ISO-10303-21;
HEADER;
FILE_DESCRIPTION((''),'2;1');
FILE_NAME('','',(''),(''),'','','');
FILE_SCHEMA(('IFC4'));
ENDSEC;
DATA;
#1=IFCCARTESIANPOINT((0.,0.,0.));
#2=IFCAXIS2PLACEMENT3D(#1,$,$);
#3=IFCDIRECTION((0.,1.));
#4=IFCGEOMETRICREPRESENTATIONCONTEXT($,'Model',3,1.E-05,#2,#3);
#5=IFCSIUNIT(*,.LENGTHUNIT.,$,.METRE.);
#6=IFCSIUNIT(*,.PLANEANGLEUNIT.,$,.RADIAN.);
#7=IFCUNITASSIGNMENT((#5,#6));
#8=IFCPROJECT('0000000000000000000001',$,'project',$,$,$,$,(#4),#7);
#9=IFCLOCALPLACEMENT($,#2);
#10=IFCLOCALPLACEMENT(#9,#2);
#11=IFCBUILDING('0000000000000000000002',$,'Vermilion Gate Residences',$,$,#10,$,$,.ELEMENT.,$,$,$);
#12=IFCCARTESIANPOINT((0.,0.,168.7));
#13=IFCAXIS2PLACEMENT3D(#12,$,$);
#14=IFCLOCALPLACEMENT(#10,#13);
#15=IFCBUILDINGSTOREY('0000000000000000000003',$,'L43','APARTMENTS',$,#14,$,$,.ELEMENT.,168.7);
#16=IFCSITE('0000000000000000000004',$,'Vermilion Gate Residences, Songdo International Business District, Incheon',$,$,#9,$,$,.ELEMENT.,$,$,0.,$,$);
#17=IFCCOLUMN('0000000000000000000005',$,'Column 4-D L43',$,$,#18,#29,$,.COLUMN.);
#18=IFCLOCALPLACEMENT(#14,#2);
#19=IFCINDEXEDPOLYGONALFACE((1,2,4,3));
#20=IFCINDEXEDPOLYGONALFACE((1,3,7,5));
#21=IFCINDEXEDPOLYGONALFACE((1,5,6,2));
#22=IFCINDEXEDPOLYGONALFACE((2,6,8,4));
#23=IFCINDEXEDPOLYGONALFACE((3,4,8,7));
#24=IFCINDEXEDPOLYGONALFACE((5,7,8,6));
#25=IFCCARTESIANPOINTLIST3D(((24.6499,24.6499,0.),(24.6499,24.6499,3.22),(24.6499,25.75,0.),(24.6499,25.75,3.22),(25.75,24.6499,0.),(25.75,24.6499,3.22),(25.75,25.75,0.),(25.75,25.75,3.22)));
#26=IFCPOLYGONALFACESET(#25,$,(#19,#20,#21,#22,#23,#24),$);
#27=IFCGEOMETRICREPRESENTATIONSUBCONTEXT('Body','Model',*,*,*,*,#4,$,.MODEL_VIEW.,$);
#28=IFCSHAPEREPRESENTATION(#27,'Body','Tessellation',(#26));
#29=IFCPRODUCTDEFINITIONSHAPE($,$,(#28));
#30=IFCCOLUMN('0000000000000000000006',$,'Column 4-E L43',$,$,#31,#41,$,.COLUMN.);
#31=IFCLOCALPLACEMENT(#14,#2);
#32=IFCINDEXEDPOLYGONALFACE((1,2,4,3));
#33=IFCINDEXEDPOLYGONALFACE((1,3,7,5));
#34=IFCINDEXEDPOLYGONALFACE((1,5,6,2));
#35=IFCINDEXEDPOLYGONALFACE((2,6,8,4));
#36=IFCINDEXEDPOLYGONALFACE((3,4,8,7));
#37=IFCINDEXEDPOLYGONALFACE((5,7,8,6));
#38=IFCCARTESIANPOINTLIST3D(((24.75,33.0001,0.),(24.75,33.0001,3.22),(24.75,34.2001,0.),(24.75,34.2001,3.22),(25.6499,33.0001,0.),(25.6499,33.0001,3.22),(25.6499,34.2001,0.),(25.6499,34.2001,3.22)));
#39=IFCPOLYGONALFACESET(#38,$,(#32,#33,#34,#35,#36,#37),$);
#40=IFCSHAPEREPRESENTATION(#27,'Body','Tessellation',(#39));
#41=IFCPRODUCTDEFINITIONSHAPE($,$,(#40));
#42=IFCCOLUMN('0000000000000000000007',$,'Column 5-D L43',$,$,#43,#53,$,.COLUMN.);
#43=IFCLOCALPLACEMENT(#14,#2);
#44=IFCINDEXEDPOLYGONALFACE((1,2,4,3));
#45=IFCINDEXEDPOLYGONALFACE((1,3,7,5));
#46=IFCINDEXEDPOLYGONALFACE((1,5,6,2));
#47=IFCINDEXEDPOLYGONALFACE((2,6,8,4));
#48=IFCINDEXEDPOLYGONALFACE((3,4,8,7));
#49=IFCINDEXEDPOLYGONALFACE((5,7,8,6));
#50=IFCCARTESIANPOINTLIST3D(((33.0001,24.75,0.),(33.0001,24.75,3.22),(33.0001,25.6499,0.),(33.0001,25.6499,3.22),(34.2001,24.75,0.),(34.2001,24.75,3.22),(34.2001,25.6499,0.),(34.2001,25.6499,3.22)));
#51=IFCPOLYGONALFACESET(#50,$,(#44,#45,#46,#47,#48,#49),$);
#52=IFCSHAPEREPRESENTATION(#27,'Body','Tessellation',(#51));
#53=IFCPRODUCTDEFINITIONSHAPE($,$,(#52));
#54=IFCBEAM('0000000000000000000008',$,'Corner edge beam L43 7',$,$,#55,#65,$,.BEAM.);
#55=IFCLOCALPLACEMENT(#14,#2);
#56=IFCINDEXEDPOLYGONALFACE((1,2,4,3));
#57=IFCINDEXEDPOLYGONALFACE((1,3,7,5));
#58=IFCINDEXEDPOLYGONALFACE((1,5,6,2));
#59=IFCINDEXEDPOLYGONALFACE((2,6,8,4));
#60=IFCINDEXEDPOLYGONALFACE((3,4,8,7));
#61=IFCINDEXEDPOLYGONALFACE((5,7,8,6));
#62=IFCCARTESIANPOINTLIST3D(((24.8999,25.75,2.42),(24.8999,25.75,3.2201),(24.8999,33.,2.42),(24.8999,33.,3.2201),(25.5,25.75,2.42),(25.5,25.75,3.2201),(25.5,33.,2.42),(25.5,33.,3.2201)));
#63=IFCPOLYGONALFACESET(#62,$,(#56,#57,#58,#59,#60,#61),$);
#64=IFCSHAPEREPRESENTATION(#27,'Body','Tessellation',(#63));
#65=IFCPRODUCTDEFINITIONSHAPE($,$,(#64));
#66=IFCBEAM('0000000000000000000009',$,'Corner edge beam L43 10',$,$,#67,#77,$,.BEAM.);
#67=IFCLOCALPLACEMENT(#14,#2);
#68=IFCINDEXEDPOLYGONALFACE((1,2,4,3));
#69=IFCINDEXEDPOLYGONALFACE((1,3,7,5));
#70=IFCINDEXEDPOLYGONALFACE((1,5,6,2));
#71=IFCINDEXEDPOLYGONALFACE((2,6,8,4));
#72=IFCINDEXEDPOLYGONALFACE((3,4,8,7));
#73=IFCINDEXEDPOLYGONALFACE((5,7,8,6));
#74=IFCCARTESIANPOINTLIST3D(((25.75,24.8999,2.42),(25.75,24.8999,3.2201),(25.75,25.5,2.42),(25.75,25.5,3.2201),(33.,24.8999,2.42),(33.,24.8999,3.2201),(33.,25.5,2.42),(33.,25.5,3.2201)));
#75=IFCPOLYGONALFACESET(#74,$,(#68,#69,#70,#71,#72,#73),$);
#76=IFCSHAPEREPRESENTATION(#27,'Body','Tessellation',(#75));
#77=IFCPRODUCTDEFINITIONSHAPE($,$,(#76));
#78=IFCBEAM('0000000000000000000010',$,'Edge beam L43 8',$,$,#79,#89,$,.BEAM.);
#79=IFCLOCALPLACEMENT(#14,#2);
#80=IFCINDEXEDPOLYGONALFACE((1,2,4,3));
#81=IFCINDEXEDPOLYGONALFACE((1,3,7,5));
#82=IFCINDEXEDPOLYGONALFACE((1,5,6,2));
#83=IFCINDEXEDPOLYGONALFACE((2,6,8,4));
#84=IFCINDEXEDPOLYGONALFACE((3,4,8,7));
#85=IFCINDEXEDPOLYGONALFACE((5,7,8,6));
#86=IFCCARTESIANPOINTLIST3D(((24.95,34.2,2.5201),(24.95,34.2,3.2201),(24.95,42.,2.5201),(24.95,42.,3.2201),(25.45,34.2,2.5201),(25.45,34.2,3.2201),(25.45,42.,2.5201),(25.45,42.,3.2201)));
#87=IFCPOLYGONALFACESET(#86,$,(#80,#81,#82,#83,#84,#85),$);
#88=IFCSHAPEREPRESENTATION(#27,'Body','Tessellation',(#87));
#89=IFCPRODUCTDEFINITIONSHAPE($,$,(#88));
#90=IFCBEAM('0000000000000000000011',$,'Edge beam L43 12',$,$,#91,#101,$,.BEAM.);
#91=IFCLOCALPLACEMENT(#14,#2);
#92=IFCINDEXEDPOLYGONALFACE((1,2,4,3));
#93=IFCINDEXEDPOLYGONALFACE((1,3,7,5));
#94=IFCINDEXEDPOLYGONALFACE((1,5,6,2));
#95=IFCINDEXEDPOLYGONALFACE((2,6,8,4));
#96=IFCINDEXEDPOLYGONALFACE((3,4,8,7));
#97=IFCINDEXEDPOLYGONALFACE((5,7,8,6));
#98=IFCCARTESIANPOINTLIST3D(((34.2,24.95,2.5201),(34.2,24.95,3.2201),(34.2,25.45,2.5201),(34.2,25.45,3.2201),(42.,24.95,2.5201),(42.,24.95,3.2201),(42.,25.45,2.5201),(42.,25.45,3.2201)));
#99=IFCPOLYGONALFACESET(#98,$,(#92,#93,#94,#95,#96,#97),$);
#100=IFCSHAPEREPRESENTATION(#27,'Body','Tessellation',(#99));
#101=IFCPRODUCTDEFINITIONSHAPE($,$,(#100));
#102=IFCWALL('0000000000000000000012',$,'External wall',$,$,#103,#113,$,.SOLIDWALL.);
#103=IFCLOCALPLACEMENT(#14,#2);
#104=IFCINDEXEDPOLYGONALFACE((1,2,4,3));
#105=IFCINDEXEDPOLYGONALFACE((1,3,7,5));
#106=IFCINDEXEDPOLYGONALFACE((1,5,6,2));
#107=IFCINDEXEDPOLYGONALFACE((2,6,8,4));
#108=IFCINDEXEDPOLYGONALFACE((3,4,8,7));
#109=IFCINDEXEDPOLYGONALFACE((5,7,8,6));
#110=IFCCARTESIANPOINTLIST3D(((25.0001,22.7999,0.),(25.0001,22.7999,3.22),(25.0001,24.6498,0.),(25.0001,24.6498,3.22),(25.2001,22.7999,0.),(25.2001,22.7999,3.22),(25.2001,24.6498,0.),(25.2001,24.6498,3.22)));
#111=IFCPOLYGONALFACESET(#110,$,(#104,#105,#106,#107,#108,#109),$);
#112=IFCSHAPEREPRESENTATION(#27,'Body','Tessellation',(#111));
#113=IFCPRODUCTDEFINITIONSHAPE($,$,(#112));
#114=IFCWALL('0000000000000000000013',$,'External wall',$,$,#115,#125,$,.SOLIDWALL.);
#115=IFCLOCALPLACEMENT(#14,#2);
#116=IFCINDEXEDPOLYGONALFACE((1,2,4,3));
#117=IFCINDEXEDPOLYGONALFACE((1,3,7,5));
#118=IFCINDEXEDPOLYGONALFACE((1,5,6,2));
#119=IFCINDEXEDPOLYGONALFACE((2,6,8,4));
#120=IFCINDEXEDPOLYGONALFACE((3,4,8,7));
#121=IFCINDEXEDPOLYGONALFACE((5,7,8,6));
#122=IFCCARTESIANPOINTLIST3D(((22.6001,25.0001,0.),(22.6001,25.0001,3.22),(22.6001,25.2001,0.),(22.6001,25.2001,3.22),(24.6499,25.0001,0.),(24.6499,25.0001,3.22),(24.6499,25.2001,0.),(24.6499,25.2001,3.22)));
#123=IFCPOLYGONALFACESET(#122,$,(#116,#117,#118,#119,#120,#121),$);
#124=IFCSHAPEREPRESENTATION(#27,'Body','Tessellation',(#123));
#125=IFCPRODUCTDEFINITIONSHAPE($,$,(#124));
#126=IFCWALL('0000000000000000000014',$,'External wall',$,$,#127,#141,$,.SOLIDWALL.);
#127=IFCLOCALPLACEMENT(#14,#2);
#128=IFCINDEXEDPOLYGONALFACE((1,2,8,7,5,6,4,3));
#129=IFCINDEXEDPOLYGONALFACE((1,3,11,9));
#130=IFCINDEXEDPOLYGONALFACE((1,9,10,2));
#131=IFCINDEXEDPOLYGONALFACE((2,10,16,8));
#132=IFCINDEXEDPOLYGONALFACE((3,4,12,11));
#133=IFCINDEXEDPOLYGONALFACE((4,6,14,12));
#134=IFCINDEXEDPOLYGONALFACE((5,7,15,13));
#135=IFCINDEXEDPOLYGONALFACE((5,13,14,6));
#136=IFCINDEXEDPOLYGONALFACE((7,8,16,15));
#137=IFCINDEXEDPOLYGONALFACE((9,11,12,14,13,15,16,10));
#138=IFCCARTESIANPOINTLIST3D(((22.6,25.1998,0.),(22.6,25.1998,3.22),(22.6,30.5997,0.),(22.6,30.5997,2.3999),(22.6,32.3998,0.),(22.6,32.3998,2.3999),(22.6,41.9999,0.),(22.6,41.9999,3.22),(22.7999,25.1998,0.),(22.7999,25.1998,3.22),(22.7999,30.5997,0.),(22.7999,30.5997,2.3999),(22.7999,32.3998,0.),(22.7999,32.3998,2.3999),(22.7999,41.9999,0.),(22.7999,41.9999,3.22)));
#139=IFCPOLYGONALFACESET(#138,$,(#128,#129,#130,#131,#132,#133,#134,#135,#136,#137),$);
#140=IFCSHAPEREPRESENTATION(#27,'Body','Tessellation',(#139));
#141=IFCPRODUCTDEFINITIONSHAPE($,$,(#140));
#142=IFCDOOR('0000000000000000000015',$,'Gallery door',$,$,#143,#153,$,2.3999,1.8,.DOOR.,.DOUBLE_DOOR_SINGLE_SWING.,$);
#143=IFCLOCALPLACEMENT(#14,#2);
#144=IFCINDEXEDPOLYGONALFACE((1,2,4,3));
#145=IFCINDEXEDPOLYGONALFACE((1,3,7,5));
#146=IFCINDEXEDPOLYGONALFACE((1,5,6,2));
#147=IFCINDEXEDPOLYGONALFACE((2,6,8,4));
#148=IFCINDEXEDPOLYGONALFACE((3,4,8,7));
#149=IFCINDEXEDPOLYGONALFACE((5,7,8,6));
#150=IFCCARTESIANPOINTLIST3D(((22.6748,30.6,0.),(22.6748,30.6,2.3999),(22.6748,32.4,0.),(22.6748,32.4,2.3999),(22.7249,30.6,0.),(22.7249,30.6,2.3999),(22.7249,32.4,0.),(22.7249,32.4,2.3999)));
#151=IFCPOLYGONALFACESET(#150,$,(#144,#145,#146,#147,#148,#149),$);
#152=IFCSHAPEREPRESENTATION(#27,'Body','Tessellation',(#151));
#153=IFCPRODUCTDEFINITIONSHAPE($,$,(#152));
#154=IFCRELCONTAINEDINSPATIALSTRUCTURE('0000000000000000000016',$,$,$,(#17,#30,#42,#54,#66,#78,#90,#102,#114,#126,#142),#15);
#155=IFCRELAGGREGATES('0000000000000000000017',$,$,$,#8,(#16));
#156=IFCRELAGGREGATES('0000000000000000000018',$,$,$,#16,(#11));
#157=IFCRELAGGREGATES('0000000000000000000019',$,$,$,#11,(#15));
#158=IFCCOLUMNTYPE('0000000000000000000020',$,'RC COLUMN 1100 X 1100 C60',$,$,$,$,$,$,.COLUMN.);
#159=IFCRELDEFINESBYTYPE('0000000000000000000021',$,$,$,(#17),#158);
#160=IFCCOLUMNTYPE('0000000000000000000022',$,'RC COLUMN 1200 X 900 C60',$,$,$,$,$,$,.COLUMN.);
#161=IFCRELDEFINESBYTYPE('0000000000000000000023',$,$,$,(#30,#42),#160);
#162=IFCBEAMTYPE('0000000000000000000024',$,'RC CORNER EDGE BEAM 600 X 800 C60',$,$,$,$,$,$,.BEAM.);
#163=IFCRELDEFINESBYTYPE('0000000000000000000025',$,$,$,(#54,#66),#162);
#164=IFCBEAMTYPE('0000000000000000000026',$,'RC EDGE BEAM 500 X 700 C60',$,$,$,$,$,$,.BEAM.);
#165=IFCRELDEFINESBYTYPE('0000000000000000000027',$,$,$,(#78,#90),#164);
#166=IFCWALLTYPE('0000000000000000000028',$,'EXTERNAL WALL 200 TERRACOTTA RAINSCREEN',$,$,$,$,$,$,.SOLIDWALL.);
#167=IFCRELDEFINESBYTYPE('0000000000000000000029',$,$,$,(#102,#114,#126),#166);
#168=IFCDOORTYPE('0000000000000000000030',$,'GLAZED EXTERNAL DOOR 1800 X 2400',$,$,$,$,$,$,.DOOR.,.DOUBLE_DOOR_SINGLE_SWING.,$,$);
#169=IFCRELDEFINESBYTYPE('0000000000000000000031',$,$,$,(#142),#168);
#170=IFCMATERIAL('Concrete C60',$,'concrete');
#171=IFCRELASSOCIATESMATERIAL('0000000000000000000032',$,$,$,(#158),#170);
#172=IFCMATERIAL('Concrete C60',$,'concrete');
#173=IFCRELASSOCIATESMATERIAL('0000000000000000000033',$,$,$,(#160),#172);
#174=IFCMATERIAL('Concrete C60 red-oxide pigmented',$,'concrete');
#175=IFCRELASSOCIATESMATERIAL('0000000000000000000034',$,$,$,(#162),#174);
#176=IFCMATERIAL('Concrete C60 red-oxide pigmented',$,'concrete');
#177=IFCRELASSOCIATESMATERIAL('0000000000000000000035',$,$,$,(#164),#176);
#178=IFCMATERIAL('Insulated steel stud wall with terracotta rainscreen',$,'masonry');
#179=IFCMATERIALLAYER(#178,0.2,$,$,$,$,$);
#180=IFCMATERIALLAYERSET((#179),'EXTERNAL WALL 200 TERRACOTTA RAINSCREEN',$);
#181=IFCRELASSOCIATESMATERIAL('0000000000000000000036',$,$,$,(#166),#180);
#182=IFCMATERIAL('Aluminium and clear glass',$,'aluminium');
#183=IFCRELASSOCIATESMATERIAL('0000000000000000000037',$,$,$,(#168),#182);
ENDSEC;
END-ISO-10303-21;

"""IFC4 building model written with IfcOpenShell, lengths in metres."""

from ifc_helpers import new_model, si_unit, direction, frame, frame_2d, origin, origin_2d, place, context, subcontext, project, spatial, rectangle, extrude, material, layer, layer_set, material_profile, profile_set, type_object, element, fill, save


model = new_model("IFC4")

# Units and contexts
model_context = context("Model", 3, precision=1e-05, world=origin(), true_north=direction((0.0, 1.0)))
body_context = subcontext(model_context, "Body", "Model", "MODEL_VIEW")
ifc_project = project(units=[si_unit("LENGTHUNIT", "METRE"), si_unit("PLANEANGLEUNIT", "RADIAN")], contexts=[model_context])

# Site, building, storey
site_placement = place(None, origin())
site = spatial("IfcSite", under=ifc_project, at=site_placement, Name="Vermilion Gate Residences, Songdo International Business District, Incheon", CompositionType="ELEMENT", RefElevation=0.0)
building_placement = place(site_placement, origin())
building = spatial("IfcBuilding", under=site, at=building_placement, Name="Vermilion Gate Residences", CompositionType="ELEMENT")
storey_placement = place(building_placement, frame((0.0, 0.0, 168.7)))
storey = spatial("IfcBuildingStorey", under=building, at=storey_placement, Name="L43", Description="APARTMENTS", CompositionType="ELEMENT", Elevation=168.7)

# Columns
ifc_material_1 = material(Name="Concrete C60", Category="concrete")
ifc_material_profile_1 = material_profile(ifc_material_1, rectangle(XDim=1.1001, YDim=1.1001, at=origin_2d()), Name="RC-1100x1100")
ifc_profile_set_1 = profile_set([ifc_material_profile_1], Name="Concrete C60")
column_type_1 = type_object("IfcColumnType", Name="RC COLUMN 1100 X 1100 C60", PredefinedType="COLUMN", material=ifc_profile_set_1)
column_placement = place(storey_placement, frame((25.2, 25.2, 0.0), z_axis=(0.0, 0.0, 1.0), x_axis=(1.0, 0.0, 0.0)))
element("IfcColumn", 1, at=column_placement, inside=storey, type_object=column_type_1, Name="Column 4-D L43", PredefinedType="COLUMN", context=body_context, shape_type="SweptSolid", body=[
    extrude(rectangle(XDim=1.1001, YDim=1.1001, at=origin_2d()), origin(), (0.0, 0.0, 1.0), 3.22),
])
ifc_material_2 = material(Name="Concrete C60", Category="concrete")
ifc_material_profile_2 = material_profile(ifc_material_2, rectangle(XDim=1.2, YDim=0.8999, at=origin_2d()), Name="RC-1200x900")
ifc_profile_set_2 = profile_set([ifc_material_profile_2], Name="Concrete C60")
column_type_2 = type_object("IfcColumnType", Name="RC COLUMN 1200 X 900 C60", PredefinedType="COLUMN", material=ifc_profile_set_2)
for number, where, z_axis, x_axis, name in (
    (2, (25.2, 33.6001, 0.0), (0.0, 0.0, 1.0), (0.0, 1.0, 0.0), "Column 4-E L43"),
    (3, (33.6001, 25.2, 0.0), (0.0, 0.0, 1.0), (1.0, 0.0, 0.0), "Column 5-D L43"),
):
    element("IfcColumn", number, at=place(storey_placement, frame(where, z_axis=z_axis, x_axis=x_axis)), inside=storey, type_object=column_type_2, Name=name, PredefinedType="COLUMN", context=body_context, shape_type="SweptSolid", body=[
        extrude(rectangle(XDim=1.2, YDim=0.8999, at=origin_2d()), origin(), (0.0, 0.0, 1.0), 3.22),
    ])

# Beams
ifc_material_3 = material(Name="Concrete C60 red-oxide pigmented", Category="concrete")
ifc_material_profile_3 = material_profile(ifc_material_3, rectangle(XDim=0.6001, YDim=0.8, at=origin_2d()), Name="RC-600x800")
ifc_profile_set_3 = profile_set([ifc_material_profile_3], Name="Concrete C60 red-oxide pigmented")
beam_type_1 = type_object("IfcBeamType", Name="RC CORNER EDGE BEAM 600 X 800 C60", PredefinedType="BEAM", material=ifc_profile_set_3)
for number, where, z_axis, x_axis, name in (
    (4, (25.2, 25.75, 2.8201), (0.0, 1.0, 0.0), (-1.0, 0.0, 0.0), "Corner edge beam L43 7"),
    (5, (25.75, 25.2, 2.8201), (1.0, 0.0, 0.0), (0.0, 1.0, 0.0), "Corner edge beam L43 10"),
):
    element("IfcBeam", number, at=place(storey_placement, frame(where, z_axis=z_axis, x_axis=x_axis)), inside=storey, type_object=beam_type_1, Name=name, PredefinedType="BEAM", context=body_context, shape_type="SweptSolid", body=[
        extrude(rectangle(XDim=0.6001, YDim=0.8, at=origin_2d()), origin(), (0.0, 0.0, 1.0), 7.25),
    ])
ifc_material_4 = material(Name="Concrete C60 red-oxide pigmented", Category="concrete")
ifc_material_profile_4 = material_profile(ifc_material_4, rectangle(XDim=0.5, YDim=0.7, at=origin_2d()), Name="RC-500x700")
ifc_profile_set_4 = profile_set([ifc_material_profile_4], Name="Concrete C60 red-oxide pigmented")
beam_type_2 = type_object("IfcBeamType", Name="RC EDGE BEAM 500 X 700 C60", PredefinedType="BEAM", material=ifc_profile_set_4)
for number, where, z_axis, x_axis, name in (
    (6, (25.2, 34.2, 2.8701), (0.0, 1.0, 0.0), (-1.0, 0.0, 0.0), "Edge beam L43 8"),
    (7, (34.2, 25.2, 2.8701), (1.0, 0.0, 0.0), (0.0, 1.0, 0.0), "Edge beam L43 12"),
):
    element("IfcBeam", number, at=place(storey_placement, frame(where, z_axis=z_axis, x_axis=x_axis)), inside=storey, type_object=beam_type_2, Name=name, PredefinedType="BEAM", context=body_context, shape_type="SweptSolid", body=[
        extrude(rectangle(XDim=0.5, YDim=0.7, at=origin_2d()), origin(), (0.0, 0.0, 1.0), 7.8),
    ])

# Walls
ifc_material_5 = material(Name="Insulated steel stud wall with terracotta rainscreen", Category="masonry")
ifc_layer_1 = layer(ifc_material_5, 0.2)
ifc_layer_set_1 = layer_set([ifc_layer_1], Name="EXTERNAL WALL 200 TERRACOTTA RAINSCREEN")
wall_type_1 = type_object("IfcWallType", Name="EXTERNAL WALL 200 TERRACOTTA RAINSCREEN", PredefinedType="SOLIDWALL", material=ifc_layer_set_1)
wall_1_placement = place(storey_placement, frame((25.1001, 22.8, 0.0), z_axis=(0.0, 0.0, 1.0), x_axis=(0.0, 1.0, 0.0)))
element("IfcWall", 8, at=wall_1_placement, inside=storey, type_object=wall_type_1, Name="External wall", PredefinedType="SOLIDWALL", context=body_context, shape_type="SweptSolid", body=[
    extrude(rectangle(XDim=1.8499, YDim=0.2, at=frame_2d((0.9248, 0.0))), origin(), (0.0, 0.0, 1.0), 3.22),
])
wall_2_placement = place(storey_placement, frame((24.6499, 25.1001, 0.0), z_axis=(0.0, 0.0, 1.0), x_axis=(-1.0, 0.0, 0.0)))
element("IfcWall", 9, at=wall_2_placement, inside=storey, type_object=wall_type_1, Name="External wall", PredefinedType="SOLIDWALL", context=body_context, shape_type="SweptSolid", body=[
    extrude(rectangle(XDim=2.0498, YDim=0.2, at=frame_2d((1.0249, 0.0))), origin(), (0.0, 0.0, 1.0), 3.22),
])

# Wall, opening, door
wall_3_placement = place(storey_placement, frame((22.7, 25.2, 0.0), z_axis=(0.0, 0.0, 1.0), x_axis=(0.0, 1.0, 0.0)))
wall_3 = element("IfcWall", 10, at=wall_3_placement, inside=storey, type_object=wall_type_1, Name="External wall", PredefinedType="SOLIDWALL", context=body_context, shape_type="SweptSolid", body=[
    extrude(rectangle(XDim=16.8, YDim=0.2, at=frame_2d((8.3999, 0.0))), origin(), (0.0, 0.0, 1.0), 3.22),
])
opening_1_placement = place(wall_3_placement, frame((5.3999, 0.0, 0.0)))
opening_1 = element("IfcOpeningElement", 11, at=opening_1_placement, cuts=wall_3, PredefinedType="OPENING", context=body_context, shape_type="SweptSolid", body=[
    extrude(rectangle(XDim=1.8, YDim=2.3999, at=frame_2d((0.8999, 1.2))), frame((0.0, 0.1099, 0.0), z_axis=(0.0, -1.0, 0.0), x_axis=(1.0, 0.0, 0.0)), (0.0, 0.0, 1.0), 0.22),
])
ifc_material_6 = material(Name="Aluminium and clear glass", Category="aluminium")
door_type = type_object("IfcDoorType", Name="GLAZED EXTERNAL DOOR 1800 X 2400", OperationType="DOUBLE_DOOR_SINGLE_SWING", PredefinedType="DOOR", material=ifc_material_6)
door_placement = place(opening_1_placement, frame((1.8, 0.0, 0.0), z_axis=(0.0, 0.0, 1.0), x_axis=(-1.0, 0.0, 0.0)))
door = element("IfcDoor", 12, at=door_placement, inside=storey, type_object=door_type, Name="Gallery door", OperationType="DOUBLE_DOOR_SINGLE_SWING", OverallHeight=2.3999, OverallWidth=1.8, PredefinedType="DOOR", context=body_context, shape_type="SweptSolid", body=[
    extrude(rectangle(XDim=1.8, YDim=2.3999, at=frame_2d((0.8999, 1.2))), frame((0.0, 0.0249, 0.0), z_axis=(0.0, -1.0, 0.0), x_axis=(1.0, 0.0, 0.0)), (0.0, 0.0, 1.0), 0.05),
])
fill(opening_1, door)

save(model, "model.ifc")
